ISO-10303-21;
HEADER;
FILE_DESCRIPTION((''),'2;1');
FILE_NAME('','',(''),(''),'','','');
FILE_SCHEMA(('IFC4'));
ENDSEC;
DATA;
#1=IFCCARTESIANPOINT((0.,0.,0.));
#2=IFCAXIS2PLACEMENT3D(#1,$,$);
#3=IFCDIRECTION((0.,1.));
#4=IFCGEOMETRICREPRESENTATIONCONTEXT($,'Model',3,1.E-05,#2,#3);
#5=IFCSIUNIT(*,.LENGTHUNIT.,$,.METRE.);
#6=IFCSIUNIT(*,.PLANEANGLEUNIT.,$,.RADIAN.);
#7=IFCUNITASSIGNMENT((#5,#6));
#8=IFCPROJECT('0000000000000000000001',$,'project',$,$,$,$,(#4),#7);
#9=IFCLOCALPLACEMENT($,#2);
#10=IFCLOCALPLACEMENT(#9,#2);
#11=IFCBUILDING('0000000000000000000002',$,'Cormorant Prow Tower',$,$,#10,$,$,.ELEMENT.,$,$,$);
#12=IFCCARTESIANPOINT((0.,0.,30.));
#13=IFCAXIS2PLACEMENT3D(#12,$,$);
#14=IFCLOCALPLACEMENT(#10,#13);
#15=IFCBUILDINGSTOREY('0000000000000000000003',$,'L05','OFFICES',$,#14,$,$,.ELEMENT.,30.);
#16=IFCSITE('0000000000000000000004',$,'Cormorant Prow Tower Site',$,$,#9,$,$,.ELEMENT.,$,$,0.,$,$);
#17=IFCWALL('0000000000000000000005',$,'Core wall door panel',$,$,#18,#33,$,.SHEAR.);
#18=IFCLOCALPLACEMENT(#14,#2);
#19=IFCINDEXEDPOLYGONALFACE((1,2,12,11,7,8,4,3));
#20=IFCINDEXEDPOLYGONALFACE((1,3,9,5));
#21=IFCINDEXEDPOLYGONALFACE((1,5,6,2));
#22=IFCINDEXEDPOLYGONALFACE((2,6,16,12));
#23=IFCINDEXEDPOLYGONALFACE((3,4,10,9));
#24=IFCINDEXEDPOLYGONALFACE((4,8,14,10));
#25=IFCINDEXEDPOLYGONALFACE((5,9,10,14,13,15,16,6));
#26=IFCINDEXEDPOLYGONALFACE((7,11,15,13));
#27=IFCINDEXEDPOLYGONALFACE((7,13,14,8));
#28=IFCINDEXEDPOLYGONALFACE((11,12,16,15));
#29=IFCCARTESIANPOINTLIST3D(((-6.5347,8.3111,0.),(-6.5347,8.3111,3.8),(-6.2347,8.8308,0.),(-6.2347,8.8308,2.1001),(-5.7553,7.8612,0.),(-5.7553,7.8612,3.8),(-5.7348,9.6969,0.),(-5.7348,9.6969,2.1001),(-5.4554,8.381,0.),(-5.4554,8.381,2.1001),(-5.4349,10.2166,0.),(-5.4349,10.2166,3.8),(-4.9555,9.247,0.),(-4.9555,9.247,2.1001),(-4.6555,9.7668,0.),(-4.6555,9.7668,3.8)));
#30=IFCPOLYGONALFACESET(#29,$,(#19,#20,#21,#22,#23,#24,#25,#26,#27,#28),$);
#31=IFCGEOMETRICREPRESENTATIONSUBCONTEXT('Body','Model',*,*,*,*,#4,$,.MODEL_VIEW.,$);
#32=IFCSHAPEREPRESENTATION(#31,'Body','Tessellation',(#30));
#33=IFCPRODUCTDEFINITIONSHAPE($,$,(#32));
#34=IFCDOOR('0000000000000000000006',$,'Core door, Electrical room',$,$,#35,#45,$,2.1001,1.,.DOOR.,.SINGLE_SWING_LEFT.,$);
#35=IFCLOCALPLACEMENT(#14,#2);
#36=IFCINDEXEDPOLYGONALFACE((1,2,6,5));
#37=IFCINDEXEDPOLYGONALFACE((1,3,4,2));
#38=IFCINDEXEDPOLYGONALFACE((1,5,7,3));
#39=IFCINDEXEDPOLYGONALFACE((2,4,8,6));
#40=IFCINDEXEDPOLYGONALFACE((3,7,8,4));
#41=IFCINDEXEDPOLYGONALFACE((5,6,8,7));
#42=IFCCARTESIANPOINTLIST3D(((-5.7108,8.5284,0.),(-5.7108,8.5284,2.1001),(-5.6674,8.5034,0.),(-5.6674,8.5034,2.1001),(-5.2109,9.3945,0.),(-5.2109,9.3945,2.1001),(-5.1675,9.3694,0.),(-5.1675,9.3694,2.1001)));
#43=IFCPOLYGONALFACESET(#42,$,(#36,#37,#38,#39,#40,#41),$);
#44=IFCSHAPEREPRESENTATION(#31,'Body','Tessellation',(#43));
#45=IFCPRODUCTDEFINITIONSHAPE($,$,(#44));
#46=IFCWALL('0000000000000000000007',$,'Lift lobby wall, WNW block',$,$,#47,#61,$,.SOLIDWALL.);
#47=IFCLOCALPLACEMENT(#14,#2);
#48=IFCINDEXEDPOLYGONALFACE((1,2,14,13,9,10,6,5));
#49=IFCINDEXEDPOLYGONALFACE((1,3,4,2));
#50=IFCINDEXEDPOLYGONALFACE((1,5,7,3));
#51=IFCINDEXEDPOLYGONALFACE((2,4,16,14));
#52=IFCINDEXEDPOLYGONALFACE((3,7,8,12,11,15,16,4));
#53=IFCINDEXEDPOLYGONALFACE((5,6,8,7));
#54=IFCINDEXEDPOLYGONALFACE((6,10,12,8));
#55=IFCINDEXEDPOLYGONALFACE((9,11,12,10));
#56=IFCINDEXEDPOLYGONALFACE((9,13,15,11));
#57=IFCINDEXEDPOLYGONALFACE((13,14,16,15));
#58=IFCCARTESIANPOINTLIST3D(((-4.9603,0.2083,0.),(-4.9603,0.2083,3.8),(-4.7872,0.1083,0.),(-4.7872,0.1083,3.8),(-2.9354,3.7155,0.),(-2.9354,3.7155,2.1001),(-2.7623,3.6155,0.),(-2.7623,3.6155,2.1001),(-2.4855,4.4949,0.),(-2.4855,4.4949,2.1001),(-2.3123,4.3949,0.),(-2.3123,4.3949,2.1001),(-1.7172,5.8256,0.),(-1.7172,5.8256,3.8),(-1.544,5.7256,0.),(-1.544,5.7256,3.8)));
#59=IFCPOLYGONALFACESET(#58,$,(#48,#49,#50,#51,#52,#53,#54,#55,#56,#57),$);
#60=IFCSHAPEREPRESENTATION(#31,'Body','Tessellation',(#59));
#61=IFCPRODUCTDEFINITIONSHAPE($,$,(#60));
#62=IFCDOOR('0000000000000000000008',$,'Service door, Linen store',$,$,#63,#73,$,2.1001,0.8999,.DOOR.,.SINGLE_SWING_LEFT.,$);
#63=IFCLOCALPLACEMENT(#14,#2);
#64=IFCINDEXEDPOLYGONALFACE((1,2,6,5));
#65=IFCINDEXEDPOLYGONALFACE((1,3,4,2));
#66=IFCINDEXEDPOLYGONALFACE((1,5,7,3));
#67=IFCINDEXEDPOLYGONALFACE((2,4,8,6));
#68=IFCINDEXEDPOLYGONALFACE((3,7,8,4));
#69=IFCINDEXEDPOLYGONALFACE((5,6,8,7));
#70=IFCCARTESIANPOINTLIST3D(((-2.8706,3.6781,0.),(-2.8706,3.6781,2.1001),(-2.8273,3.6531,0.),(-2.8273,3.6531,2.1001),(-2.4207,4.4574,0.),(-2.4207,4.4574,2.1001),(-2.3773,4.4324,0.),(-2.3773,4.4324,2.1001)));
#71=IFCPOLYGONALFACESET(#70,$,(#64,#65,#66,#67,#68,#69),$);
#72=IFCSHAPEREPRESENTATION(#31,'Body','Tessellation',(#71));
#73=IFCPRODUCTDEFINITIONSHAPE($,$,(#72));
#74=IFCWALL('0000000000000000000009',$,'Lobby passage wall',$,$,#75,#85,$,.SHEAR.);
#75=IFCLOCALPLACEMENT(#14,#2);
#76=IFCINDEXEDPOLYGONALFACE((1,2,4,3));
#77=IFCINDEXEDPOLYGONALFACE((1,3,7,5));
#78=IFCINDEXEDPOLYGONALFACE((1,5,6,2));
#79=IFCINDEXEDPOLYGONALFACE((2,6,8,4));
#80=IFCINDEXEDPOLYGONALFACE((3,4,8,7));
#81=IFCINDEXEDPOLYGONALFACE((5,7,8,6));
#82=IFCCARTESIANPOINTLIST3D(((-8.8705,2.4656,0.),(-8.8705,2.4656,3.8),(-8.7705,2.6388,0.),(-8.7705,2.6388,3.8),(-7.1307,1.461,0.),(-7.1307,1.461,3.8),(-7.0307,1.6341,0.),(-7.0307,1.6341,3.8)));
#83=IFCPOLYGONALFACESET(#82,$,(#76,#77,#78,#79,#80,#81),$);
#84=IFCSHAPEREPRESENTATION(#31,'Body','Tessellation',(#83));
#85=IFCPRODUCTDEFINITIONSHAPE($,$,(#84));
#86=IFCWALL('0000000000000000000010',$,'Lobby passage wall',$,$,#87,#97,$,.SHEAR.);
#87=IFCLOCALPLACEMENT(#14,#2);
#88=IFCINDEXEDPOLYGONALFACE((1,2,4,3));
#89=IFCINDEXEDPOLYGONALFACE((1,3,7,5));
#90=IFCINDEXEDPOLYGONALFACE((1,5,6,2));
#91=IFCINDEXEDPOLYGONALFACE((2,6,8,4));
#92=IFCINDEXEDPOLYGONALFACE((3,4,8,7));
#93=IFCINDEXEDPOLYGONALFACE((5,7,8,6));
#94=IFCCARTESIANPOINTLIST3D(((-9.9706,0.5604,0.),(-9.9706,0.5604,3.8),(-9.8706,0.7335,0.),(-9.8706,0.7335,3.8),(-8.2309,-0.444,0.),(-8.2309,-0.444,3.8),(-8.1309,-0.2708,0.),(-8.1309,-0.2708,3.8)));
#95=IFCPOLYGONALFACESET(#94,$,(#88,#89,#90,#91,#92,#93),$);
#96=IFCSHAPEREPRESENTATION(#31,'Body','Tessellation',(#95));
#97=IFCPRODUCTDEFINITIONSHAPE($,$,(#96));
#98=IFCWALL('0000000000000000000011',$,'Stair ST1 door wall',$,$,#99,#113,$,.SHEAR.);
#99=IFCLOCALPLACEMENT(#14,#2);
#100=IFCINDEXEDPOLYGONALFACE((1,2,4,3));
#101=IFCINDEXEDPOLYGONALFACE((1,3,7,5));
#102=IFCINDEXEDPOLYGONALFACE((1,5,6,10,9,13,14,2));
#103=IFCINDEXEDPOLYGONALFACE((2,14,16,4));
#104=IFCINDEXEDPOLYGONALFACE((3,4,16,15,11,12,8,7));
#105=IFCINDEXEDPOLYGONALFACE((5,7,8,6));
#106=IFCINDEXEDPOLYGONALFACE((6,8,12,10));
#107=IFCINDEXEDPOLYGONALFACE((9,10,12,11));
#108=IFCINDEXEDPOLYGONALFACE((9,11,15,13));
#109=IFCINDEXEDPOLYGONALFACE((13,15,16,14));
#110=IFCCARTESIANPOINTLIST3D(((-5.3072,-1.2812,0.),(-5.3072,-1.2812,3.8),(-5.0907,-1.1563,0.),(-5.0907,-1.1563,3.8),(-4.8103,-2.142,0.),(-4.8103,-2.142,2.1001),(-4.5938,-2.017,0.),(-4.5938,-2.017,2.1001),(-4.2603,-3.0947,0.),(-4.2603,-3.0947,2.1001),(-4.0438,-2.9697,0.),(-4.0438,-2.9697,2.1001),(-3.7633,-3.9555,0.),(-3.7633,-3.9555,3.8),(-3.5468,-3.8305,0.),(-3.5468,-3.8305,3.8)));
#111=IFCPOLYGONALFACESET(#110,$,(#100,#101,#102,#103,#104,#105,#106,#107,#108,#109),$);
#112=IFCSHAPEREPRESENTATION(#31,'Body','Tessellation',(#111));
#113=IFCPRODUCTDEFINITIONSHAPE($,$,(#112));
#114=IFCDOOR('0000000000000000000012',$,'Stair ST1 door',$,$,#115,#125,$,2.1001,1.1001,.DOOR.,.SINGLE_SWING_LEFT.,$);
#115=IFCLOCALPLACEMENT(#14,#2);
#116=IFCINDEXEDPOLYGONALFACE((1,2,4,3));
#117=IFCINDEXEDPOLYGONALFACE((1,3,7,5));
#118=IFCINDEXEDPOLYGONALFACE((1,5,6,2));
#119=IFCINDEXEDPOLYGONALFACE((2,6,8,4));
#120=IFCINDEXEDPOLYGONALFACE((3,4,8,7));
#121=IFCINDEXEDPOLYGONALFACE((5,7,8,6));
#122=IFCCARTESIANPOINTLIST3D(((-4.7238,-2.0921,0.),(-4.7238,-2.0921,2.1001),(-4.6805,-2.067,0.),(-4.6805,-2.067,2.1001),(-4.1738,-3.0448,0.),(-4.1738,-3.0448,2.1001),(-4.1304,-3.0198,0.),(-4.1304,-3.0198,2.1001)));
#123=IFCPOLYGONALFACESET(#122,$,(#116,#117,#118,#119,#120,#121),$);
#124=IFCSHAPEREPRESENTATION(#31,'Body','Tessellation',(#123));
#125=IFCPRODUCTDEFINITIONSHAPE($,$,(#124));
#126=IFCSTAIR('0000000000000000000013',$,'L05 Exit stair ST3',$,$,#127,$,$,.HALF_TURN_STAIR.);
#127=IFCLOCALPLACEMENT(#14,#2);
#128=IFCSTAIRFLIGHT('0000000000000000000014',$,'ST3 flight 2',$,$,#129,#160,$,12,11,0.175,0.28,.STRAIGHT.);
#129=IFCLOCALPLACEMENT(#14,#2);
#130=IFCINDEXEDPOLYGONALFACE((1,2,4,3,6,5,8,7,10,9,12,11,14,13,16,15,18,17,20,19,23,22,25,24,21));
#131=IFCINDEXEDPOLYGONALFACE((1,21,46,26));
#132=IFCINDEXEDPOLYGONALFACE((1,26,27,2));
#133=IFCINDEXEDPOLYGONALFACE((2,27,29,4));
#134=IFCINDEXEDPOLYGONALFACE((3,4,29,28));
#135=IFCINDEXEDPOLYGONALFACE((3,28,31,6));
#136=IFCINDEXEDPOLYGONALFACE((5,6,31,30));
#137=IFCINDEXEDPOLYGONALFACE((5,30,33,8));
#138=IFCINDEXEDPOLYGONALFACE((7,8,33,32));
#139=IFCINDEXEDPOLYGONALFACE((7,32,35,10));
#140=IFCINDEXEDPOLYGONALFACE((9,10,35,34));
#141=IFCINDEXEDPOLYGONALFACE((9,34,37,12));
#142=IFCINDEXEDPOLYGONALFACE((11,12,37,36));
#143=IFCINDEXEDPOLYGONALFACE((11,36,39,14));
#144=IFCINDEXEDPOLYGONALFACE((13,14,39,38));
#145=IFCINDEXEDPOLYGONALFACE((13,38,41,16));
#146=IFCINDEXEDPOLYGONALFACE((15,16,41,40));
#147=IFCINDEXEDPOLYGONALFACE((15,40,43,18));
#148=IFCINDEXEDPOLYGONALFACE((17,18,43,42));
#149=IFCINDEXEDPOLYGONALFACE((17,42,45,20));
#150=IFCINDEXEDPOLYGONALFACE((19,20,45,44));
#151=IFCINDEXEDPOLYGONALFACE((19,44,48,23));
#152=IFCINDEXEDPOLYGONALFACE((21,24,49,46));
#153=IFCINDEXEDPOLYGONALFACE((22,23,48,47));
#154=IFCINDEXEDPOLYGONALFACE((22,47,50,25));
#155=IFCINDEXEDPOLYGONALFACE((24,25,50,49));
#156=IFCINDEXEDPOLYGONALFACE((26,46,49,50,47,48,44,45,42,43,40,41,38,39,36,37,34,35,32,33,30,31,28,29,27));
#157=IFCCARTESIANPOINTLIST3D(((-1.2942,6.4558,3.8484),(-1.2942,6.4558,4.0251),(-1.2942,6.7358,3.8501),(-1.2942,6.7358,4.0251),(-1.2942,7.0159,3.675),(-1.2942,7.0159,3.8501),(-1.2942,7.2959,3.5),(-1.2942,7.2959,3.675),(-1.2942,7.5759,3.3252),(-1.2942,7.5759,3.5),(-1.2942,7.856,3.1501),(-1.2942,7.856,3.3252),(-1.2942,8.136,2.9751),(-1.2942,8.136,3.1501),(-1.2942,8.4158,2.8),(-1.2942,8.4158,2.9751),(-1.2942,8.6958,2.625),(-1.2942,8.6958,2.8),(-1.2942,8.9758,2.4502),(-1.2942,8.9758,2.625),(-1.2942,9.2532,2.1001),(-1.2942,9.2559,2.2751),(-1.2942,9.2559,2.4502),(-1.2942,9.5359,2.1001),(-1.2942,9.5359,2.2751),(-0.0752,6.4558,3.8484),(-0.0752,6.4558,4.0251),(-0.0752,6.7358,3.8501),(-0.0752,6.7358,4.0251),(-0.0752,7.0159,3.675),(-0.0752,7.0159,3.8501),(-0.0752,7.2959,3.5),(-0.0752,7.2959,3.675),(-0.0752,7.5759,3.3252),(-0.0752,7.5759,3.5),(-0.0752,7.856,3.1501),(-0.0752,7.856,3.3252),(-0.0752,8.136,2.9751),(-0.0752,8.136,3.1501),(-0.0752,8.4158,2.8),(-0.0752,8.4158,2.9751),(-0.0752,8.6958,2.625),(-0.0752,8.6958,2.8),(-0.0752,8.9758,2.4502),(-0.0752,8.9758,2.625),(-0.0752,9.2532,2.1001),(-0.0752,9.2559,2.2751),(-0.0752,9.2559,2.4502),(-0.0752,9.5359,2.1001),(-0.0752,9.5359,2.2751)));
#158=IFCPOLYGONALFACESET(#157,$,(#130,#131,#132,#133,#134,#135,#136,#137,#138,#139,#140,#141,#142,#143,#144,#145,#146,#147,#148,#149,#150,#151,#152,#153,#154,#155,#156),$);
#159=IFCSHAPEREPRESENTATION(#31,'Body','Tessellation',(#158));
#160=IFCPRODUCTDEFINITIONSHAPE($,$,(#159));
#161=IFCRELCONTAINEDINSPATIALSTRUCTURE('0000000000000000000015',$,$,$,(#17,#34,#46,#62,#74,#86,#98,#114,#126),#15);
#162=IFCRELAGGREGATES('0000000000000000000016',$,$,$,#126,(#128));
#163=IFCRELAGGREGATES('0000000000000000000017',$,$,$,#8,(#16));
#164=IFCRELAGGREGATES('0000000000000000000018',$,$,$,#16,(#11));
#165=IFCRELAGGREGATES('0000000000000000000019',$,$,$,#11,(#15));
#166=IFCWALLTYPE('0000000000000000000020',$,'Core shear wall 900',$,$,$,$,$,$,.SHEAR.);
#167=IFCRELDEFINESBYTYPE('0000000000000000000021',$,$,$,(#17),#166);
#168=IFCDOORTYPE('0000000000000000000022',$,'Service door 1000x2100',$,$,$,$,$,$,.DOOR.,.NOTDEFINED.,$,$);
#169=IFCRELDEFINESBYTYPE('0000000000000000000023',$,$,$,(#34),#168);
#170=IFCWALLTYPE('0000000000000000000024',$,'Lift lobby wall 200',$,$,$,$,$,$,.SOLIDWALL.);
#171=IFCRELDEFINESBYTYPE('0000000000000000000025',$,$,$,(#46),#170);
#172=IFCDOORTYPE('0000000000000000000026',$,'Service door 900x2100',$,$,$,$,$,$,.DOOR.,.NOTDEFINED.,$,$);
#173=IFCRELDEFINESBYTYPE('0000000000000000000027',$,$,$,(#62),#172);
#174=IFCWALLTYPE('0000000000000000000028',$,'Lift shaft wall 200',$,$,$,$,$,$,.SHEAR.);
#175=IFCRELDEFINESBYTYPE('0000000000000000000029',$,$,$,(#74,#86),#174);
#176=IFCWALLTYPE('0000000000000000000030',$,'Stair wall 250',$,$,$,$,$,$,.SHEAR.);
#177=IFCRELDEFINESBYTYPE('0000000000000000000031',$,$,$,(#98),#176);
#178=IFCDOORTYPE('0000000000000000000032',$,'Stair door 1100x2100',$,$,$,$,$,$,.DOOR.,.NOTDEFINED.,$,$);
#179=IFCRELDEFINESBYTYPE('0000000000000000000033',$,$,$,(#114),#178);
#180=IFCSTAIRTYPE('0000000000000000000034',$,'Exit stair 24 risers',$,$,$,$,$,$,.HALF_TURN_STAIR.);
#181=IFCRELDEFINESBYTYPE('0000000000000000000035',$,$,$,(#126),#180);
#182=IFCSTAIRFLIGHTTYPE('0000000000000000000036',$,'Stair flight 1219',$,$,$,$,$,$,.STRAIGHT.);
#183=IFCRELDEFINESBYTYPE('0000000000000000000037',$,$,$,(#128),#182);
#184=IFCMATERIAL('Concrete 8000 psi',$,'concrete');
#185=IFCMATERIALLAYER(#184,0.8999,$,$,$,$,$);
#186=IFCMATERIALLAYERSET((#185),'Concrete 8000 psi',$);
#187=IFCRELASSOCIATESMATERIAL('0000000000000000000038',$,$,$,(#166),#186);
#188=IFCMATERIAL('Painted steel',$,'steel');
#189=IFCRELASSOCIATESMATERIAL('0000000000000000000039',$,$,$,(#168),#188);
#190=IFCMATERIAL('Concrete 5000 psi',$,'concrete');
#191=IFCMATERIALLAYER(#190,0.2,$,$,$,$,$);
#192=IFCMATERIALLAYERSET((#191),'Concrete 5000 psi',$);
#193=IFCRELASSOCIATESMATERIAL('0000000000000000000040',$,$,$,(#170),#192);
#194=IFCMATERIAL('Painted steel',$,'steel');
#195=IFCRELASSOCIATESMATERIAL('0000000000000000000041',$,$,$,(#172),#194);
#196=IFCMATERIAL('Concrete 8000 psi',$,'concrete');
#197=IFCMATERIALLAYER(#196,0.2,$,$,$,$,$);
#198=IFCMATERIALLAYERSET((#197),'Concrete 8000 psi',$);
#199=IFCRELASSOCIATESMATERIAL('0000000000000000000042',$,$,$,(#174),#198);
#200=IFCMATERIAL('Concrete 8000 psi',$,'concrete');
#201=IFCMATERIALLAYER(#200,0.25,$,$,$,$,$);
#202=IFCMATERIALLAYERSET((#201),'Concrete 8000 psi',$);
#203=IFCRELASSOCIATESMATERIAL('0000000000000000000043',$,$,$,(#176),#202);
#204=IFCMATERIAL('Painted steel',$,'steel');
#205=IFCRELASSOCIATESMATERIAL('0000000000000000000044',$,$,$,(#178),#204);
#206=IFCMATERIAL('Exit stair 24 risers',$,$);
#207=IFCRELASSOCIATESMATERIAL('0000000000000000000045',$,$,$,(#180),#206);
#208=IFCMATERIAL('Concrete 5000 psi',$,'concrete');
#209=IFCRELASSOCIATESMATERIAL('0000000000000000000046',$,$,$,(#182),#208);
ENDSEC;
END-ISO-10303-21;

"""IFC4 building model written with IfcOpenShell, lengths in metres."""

from ifc_helpers import new_model, si_unit, direction, frame, frame_2d, origin, place, context, subcontext, project, spatial, polyline, rectangle, outline, extrude, material, layer, layer_set, type_object, element, fill, aggregate, save


model = new_model("IFC4")

# Units and contexts
model_context = context("Model", 3, precision=1e-05, world=origin(), true_north=direction((0.0, 1.0)))
body_context = subcontext(model_context, "Body", "Model", "MODEL_VIEW")
ifc_project = project(units=[si_unit("LENGTHUNIT", "METRE"), si_unit("PLANEANGLEUNIT", "RADIAN")], contexts=[model_context])

# Site, building, storey
site_placement = place(None, origin())
site = spatial("IfcSite", under=ifc_project, at=site_placement, Name="Cormorant Prow Tower Site", CompositionType="ELEMENT", RefElevation=0.0)
building_placement = place(site_placement, origin())
building = spatial("IfcBuilding", under=site, at=building_placement, Name="Cormorant Prow Tower", CompositionType="ELEMENT")
storey_placement = place(building_placement, frame((0.0, 0.0, 30.0)))
storey = spatial("IfcBuildingStorey", under=building, at=storey_placement, Name="L05", Description="OFFICES", CompositionType="ELEMENT", Elevation=30.0)

# Shared definitions
ifc_material_1 = material(Name="Concrete 8000 psi", Category="concrete")
ifc_layer_1 = layer(ifc_material_1, 0.8999)
ifc_layer_set_1 = layer_set([ifc_layer_1], Name="Concrete 8000 psi")
wall_type_1 = type_object("IfcWallType", Name="Core shear wall 900", PredefinedType="SHEAR", material=ifc_layer_set_1)

# Walls, openings, doors
ifc_material_2 = material(Name="Painted steel", Category="steel")
door_type_1 = type_object("IfcDoorType", Name="Service door 1000x2100", OperationType="NOTDEFINED", PredefinedType="DOOR", material=ifc_material_2)
wall_1_placement = place(storey_placement, frame((-5.0452, 9.9917, 0.0), z_axis=(0.0, 0.0, 1.0), x_axis=(-0.499899, -0.866084, 0.0)))
wall_1 = element("IfcWall", 1, at=wall_1_placement, inside=storey, type_object=wall_type_1, Name="Core wall door panel", PredefinedType="SHEAR", context=body_context, shape_type="SweptSolid", body=[
    extrude(rectangle(XDim=2.2002, YDim=0.8999, at=frame_2d((1.1001, 0.0))), origin(), (0.0, 0.0, 1.0), 3.8),
])
opening_1_placement = place(wall_1_placement, frame((0.6001, 0.0, 0.0)))
opening_1 = element("IfcOpeningElement", 2, at=opening_1_placement, cuts=wall_1, PredefinedType="OPENING", context=body_context, shape_type="SweptSolid", body=[
    extrude(rectangle(XDim=1.0, YDim=2.1001, at=frame_2d((0.5, 1.05))), frame((0.0, 0.46, 0.0), z_axis=(0.0, -1.0, 0.0), x_axis=(1.0, 0.0, 0.0)), (0.0, 0.0, 1.0), 0.9199),
])
door_1_placement = place(opening_1_placement, origin())
door_1 = element("IfcDoor", 3, at=door_1_placement, inside=storey, type_object=door_type_1, Name="Core door, Electrical room", OperationType="SINGLE_SWING_LEFT", OverallHeight=2.1001, OverallWidth=1.0, PredefinedType="DOOR", context=body_context, shape_type="SweptSolid", body=[
    extrude(rectangle(XDim=1.0, YDim=2.1001, at=frame_2d((0.5, 1.05))), frame((0.0, 0.2051, 0.0), z_axis=(0.0, -1.0, 0.0), x_axis=(1.0, 0.0, 0.0)), (0.0, 0.0, 1.0), 0.05),
])
fill(opening_1, door_1)
ifc_material_3 = material(Name="Concrete 5000 psi", Category="concrete")
ifc_layer_2 = layer(ifc_material_3, 0.2)
ifc_layer_set_2 = layer_set([ifc_layer_2], Name="Concrete 5000 psi")
wall_type_2 = type_object("IfcWallType", Name="Lift lobby wall 200", PredefinedType="SOLIDWALL", material=ifc_layer_set_2)
wall_2_placement = place(storey_placement, frame((-1.6306, 5.7756, 0.0), z_axis=(0.0, 0.0, 1.0), x_axis=(-0.499993, -0.86603, 0.0)))
wall_2 = element("IfcWall", 4, at=wall_2_placement, inside=storey, type_object=wall_type_2, Name="Lift lobby wall, WNW block", PredefinedType="SOLIDWALL", context=body_context, shape_type="SweptSolid", body=[
    extrude(rectangle(XDim=6.4863, YDim=0.2, at=frame_2d((3.2432, 0.0))), origin(), (0.0, 0.0, 1.0), 3.8),
])
opening_2_placement = place(wall_2_placement, frame((1.5366, 0.0, 0.0)))
opening_2 = element("IfcOpeningElement", 5, at=opening_2_placement, cuts=wall_2, PredefinedType="OPENING", context=body_context, shape_type="SweptSolid", body=[
    extrude(rectangle(XDim=0.8999, YDim=2.1001, at=frame_2d((0.45, 1.05))), frame((0.0, 0.1099, 0.0), z_axis=(0.0, -1.0, 0.0), x_axis=(1.0, 0.0, 0.0)), (0.0, 0.0, 1.0), 0.22),
])
ifc_material_4 = material(Name="Painted steel", Category="steel")
door_type_2 = type_object("IfcDoorType", Name="Service door 900x2100", OperationType="NOTDEFINED", PredefinedType="DOOR", material=ifc_material_4)
door_2_placement = place(opening_2_placement, origin())
door_2 = element("IfcDoor", 6, at=door_2_placement, inside=storey, type_object=door_type_2, Name="Service door, Linen store", OperationType="SINGLE_SWING_LEFT", OverallHeight=2.1001, OverallWidth=0.8999, PredefinedType="DOOR", context=body_context, shape_type="SweptSolid", body=[
    extrude(rectangle(XDim=0.8999, YDim=2.1001, at=frame_2d((0.45, 1.05))), frame((0.0, 0.0249, 0.0), z_axis=(0.0, -1.0, 0.0), x_axis=(1.0, 0.0, 0.0)), (0.0, 0.0, 1.0), 0.05),
])
fill(opening_2, door_2)

# Walls
ifc_material_5 = material(Name="Concrete 8000 psi", Category="concrete")
ifc_layer_3 = layer(ifc_material_5, 0.2)
ifc_layer_set_3 = layer_set([ifc_layer_3], Name="Concrete 8000 psi")
wall_type_3 = type_object("IfcWallType", Name="Lift shaft wall 200", PredefinedType="SHEAR", material=ifc_layer_set_3)
wall_3_placement = place(storey_placement, frame((-7.0808, 1.5476, 0.0), z_axis=(0.0, 0.0, 1.0), x_axis=(-0.865983, 0.500073, 0.0)))
element("IfcWall", 7, at=wall_3_placement, inside=storey, type_object=wall_type_3, Name="Lobby passage wall", PredefinedType="SHEAR", context=body_context, shape_type="SweptSolid", body=[
    extrude(rectangle(XDim=2.009, YDim=0.2, at=frame_2d((1.0044, 0.0))), origin(), (0.0, 0.0, 1.0), 3.8),
])
wall_4_placement = place(storey_placement, frame((-8.1809, -0.3574, 0.0), z_axis=(0.0, 0.0, 1.0), x_axis=(-0.866036, 0.499982, 0.0)))
element("IfcWall", 8, at=wall_4_placement, inside=storey, type_object=wall_type_3, Name="Lobby passage wall", PredefinedType="SHEAR", context=body_context, shape_type="SweptSolid", body=[
    extrude(rectangle(XDim=2.0088, YDim=0.2, at=frame_2d((1.0044, 0.0))), origin(), (0.0, 0.0, 1.0), 3.8),
])

# Wall, opening, door
ifc_material_6 = material(Name="Concrete 8000 psi", Category="concrete")
ifc_layer_4 = layer(ifc_material_6, 0.25)
ifc_layer_set_4 = layer_set([ifc_layer_4], Name="Concrete 8000 psi")
wall_type_4 = type_object("IfcWallType", Name="Stair wall 250", PredefinedType="SHEAR", material=ifc_layer_set_4)
wall_5_placement = place(storey_placement, frame((-5.199, -1.2188, 0.0), z_axis=(0.0, 0.0, 1.0), x_axis=(0.499983, -0.866035, 0.0)))
wall_5 = element("IfcWall", 9, at=wall_5_placement, inside=storey, type_object=wall_type_4, Name="Stair ST1 door wall", PredefinedType="SHEAR", context=body_context, shape_type="SweptSolid", body=[
    extrude(rectangle(XDim=3.0879, YDim=0.25, at=frame_2d((1.5439, 0.0))), origin(), (0.0, 0.0, 1.0), 3.8),
])
opening_3_placement = place(wall_5_placement, frame((0.9939, 0.0, 0.0)))
opening_3 = element("IfcOpeningElement", 10, at=opening_3_placement, cuts=wall_5, PredefinedType="OPENING", context=body_context, shape_type="SweptSolid", body=[
    extrude(rectangle(XDim=1.1001, YDim=2.1001, at=frame_2d((0.55, 1.05))), frame((0.0, 0.135, 0.0), z_axis=(0.0, -1.0, 0.0), x_axis=(1.0, 0.0, 0.0)), (0.0, 0.0, 1.0), 0.27),
])
ifc_material_7 = material(Name="Painted steel", Category="steel")
door_type_3 = type_object("IfcDoorType", Name="Stair door 1100x2100", OperationType="NOTDEFINED", PredefinedType="DOOR", material=ifc_material_7)
door_3_placement = place(opening_3_placement, origin())
door_3 = element("IfcDoor", 11, at=door_3_placement, inside=storey, type_object=door_type_3, Name="Stair ST1 door", OperationType="SINGLE_SWING_LEFT", OverallHeight=2.1001, OverallWidth=1.1001, PredefinedType="DOOR", context=body_context, shape_type="SweptSolid", body=[
    extrude(rectangle(XDim=1.1001, YDim=2.1001, at=frame_2d((0.55, 1.05))), frame((0.0, 0.0249, 0.0), z_axis=(0.0, -1.0, 0.0), x_axis=(1.0, 0.0, 0.0)), (0.0, 0.0, 1.0), 0.05),
])
fill(opening_3, door_3)

# Stair, stair flight
ifc_material_8 = material(Name="Exit stair 24 risers")
stair_type = type_object("IfcStairType", Name="Exit stair 24 risers", PredefinedType="HALF_TURN_STAIR", material=ifc_material_8)
stair_placement = place(storey_placement, origin())
stair = element("IfcStair", 12, at=stair_placement, inside=storey, type_object=stair_type, Name="L05 Exit stair ST3", PredefinedType="HALF_TURN_STAIR")
ifc_material_9 = material(Name="Concrete 5000 psi", Category="concrete")
stair_flight_type = type_object("IfcStairFlightType", Name="Stair flight 1219", PredefinedType="STRAIGHT", material=ifc_material_9)
stair_flight_placement = place(storey_placement, frame((-0.6846, 9.5359, 2.1001), z_axis=(0.0, 0.0, 1.0), x_axis=(0.0, -1.0, 0.0)))
stair_flight = element("IfcStairFlight", 13, at=stair_flight_placement, type_object=stair_flight_type, Name="ST3 flight 2", NumberOfRisers=12, NumberOfTreads=11, PredefinedType="STRAIGHT", RiserHeight=0.175, TreadLength=0.28, context=body_context, shape_type="SweptSolid", body=[
    extrude(outline(polyline([(0.0, 0.0), (0.0, 0.175), (0.28, 0.175), (0.28, 0.3501), (0.5601, 0.3501), (0.5601, 0.5249), (0.8401, 0.5249), (0.8401, 0.7), (1.1201, 0.7), (1.1201, 0.875), (1.3999, 0.875), (1.3999, 1.05), (1.6799, 1.05), (1.6799, 1.2251), (1.96, 1.2251), (1.96, 1.3999), (2.24, 1.3999), (2.24, 1.575), (2.52, 1.575), (2.52, 1.75), (2.8, 1.75), (2.8, 1.925), (3.0801, 1.925), (3.0801, 2.1001), (3.0801, 1.7483), (0.2827, 0.0), (0.0, 0.0)])), frame((0.0, 0.6094, 0.0), z_axis=(0.0, -1.0, 0.0), x_axis=(1.0, 0.0, 0.0)), (0.0, 0.0, 1.0), 1.219),
])
aggregate(stair, [stair_flight])

save(model, "model.ifc")
